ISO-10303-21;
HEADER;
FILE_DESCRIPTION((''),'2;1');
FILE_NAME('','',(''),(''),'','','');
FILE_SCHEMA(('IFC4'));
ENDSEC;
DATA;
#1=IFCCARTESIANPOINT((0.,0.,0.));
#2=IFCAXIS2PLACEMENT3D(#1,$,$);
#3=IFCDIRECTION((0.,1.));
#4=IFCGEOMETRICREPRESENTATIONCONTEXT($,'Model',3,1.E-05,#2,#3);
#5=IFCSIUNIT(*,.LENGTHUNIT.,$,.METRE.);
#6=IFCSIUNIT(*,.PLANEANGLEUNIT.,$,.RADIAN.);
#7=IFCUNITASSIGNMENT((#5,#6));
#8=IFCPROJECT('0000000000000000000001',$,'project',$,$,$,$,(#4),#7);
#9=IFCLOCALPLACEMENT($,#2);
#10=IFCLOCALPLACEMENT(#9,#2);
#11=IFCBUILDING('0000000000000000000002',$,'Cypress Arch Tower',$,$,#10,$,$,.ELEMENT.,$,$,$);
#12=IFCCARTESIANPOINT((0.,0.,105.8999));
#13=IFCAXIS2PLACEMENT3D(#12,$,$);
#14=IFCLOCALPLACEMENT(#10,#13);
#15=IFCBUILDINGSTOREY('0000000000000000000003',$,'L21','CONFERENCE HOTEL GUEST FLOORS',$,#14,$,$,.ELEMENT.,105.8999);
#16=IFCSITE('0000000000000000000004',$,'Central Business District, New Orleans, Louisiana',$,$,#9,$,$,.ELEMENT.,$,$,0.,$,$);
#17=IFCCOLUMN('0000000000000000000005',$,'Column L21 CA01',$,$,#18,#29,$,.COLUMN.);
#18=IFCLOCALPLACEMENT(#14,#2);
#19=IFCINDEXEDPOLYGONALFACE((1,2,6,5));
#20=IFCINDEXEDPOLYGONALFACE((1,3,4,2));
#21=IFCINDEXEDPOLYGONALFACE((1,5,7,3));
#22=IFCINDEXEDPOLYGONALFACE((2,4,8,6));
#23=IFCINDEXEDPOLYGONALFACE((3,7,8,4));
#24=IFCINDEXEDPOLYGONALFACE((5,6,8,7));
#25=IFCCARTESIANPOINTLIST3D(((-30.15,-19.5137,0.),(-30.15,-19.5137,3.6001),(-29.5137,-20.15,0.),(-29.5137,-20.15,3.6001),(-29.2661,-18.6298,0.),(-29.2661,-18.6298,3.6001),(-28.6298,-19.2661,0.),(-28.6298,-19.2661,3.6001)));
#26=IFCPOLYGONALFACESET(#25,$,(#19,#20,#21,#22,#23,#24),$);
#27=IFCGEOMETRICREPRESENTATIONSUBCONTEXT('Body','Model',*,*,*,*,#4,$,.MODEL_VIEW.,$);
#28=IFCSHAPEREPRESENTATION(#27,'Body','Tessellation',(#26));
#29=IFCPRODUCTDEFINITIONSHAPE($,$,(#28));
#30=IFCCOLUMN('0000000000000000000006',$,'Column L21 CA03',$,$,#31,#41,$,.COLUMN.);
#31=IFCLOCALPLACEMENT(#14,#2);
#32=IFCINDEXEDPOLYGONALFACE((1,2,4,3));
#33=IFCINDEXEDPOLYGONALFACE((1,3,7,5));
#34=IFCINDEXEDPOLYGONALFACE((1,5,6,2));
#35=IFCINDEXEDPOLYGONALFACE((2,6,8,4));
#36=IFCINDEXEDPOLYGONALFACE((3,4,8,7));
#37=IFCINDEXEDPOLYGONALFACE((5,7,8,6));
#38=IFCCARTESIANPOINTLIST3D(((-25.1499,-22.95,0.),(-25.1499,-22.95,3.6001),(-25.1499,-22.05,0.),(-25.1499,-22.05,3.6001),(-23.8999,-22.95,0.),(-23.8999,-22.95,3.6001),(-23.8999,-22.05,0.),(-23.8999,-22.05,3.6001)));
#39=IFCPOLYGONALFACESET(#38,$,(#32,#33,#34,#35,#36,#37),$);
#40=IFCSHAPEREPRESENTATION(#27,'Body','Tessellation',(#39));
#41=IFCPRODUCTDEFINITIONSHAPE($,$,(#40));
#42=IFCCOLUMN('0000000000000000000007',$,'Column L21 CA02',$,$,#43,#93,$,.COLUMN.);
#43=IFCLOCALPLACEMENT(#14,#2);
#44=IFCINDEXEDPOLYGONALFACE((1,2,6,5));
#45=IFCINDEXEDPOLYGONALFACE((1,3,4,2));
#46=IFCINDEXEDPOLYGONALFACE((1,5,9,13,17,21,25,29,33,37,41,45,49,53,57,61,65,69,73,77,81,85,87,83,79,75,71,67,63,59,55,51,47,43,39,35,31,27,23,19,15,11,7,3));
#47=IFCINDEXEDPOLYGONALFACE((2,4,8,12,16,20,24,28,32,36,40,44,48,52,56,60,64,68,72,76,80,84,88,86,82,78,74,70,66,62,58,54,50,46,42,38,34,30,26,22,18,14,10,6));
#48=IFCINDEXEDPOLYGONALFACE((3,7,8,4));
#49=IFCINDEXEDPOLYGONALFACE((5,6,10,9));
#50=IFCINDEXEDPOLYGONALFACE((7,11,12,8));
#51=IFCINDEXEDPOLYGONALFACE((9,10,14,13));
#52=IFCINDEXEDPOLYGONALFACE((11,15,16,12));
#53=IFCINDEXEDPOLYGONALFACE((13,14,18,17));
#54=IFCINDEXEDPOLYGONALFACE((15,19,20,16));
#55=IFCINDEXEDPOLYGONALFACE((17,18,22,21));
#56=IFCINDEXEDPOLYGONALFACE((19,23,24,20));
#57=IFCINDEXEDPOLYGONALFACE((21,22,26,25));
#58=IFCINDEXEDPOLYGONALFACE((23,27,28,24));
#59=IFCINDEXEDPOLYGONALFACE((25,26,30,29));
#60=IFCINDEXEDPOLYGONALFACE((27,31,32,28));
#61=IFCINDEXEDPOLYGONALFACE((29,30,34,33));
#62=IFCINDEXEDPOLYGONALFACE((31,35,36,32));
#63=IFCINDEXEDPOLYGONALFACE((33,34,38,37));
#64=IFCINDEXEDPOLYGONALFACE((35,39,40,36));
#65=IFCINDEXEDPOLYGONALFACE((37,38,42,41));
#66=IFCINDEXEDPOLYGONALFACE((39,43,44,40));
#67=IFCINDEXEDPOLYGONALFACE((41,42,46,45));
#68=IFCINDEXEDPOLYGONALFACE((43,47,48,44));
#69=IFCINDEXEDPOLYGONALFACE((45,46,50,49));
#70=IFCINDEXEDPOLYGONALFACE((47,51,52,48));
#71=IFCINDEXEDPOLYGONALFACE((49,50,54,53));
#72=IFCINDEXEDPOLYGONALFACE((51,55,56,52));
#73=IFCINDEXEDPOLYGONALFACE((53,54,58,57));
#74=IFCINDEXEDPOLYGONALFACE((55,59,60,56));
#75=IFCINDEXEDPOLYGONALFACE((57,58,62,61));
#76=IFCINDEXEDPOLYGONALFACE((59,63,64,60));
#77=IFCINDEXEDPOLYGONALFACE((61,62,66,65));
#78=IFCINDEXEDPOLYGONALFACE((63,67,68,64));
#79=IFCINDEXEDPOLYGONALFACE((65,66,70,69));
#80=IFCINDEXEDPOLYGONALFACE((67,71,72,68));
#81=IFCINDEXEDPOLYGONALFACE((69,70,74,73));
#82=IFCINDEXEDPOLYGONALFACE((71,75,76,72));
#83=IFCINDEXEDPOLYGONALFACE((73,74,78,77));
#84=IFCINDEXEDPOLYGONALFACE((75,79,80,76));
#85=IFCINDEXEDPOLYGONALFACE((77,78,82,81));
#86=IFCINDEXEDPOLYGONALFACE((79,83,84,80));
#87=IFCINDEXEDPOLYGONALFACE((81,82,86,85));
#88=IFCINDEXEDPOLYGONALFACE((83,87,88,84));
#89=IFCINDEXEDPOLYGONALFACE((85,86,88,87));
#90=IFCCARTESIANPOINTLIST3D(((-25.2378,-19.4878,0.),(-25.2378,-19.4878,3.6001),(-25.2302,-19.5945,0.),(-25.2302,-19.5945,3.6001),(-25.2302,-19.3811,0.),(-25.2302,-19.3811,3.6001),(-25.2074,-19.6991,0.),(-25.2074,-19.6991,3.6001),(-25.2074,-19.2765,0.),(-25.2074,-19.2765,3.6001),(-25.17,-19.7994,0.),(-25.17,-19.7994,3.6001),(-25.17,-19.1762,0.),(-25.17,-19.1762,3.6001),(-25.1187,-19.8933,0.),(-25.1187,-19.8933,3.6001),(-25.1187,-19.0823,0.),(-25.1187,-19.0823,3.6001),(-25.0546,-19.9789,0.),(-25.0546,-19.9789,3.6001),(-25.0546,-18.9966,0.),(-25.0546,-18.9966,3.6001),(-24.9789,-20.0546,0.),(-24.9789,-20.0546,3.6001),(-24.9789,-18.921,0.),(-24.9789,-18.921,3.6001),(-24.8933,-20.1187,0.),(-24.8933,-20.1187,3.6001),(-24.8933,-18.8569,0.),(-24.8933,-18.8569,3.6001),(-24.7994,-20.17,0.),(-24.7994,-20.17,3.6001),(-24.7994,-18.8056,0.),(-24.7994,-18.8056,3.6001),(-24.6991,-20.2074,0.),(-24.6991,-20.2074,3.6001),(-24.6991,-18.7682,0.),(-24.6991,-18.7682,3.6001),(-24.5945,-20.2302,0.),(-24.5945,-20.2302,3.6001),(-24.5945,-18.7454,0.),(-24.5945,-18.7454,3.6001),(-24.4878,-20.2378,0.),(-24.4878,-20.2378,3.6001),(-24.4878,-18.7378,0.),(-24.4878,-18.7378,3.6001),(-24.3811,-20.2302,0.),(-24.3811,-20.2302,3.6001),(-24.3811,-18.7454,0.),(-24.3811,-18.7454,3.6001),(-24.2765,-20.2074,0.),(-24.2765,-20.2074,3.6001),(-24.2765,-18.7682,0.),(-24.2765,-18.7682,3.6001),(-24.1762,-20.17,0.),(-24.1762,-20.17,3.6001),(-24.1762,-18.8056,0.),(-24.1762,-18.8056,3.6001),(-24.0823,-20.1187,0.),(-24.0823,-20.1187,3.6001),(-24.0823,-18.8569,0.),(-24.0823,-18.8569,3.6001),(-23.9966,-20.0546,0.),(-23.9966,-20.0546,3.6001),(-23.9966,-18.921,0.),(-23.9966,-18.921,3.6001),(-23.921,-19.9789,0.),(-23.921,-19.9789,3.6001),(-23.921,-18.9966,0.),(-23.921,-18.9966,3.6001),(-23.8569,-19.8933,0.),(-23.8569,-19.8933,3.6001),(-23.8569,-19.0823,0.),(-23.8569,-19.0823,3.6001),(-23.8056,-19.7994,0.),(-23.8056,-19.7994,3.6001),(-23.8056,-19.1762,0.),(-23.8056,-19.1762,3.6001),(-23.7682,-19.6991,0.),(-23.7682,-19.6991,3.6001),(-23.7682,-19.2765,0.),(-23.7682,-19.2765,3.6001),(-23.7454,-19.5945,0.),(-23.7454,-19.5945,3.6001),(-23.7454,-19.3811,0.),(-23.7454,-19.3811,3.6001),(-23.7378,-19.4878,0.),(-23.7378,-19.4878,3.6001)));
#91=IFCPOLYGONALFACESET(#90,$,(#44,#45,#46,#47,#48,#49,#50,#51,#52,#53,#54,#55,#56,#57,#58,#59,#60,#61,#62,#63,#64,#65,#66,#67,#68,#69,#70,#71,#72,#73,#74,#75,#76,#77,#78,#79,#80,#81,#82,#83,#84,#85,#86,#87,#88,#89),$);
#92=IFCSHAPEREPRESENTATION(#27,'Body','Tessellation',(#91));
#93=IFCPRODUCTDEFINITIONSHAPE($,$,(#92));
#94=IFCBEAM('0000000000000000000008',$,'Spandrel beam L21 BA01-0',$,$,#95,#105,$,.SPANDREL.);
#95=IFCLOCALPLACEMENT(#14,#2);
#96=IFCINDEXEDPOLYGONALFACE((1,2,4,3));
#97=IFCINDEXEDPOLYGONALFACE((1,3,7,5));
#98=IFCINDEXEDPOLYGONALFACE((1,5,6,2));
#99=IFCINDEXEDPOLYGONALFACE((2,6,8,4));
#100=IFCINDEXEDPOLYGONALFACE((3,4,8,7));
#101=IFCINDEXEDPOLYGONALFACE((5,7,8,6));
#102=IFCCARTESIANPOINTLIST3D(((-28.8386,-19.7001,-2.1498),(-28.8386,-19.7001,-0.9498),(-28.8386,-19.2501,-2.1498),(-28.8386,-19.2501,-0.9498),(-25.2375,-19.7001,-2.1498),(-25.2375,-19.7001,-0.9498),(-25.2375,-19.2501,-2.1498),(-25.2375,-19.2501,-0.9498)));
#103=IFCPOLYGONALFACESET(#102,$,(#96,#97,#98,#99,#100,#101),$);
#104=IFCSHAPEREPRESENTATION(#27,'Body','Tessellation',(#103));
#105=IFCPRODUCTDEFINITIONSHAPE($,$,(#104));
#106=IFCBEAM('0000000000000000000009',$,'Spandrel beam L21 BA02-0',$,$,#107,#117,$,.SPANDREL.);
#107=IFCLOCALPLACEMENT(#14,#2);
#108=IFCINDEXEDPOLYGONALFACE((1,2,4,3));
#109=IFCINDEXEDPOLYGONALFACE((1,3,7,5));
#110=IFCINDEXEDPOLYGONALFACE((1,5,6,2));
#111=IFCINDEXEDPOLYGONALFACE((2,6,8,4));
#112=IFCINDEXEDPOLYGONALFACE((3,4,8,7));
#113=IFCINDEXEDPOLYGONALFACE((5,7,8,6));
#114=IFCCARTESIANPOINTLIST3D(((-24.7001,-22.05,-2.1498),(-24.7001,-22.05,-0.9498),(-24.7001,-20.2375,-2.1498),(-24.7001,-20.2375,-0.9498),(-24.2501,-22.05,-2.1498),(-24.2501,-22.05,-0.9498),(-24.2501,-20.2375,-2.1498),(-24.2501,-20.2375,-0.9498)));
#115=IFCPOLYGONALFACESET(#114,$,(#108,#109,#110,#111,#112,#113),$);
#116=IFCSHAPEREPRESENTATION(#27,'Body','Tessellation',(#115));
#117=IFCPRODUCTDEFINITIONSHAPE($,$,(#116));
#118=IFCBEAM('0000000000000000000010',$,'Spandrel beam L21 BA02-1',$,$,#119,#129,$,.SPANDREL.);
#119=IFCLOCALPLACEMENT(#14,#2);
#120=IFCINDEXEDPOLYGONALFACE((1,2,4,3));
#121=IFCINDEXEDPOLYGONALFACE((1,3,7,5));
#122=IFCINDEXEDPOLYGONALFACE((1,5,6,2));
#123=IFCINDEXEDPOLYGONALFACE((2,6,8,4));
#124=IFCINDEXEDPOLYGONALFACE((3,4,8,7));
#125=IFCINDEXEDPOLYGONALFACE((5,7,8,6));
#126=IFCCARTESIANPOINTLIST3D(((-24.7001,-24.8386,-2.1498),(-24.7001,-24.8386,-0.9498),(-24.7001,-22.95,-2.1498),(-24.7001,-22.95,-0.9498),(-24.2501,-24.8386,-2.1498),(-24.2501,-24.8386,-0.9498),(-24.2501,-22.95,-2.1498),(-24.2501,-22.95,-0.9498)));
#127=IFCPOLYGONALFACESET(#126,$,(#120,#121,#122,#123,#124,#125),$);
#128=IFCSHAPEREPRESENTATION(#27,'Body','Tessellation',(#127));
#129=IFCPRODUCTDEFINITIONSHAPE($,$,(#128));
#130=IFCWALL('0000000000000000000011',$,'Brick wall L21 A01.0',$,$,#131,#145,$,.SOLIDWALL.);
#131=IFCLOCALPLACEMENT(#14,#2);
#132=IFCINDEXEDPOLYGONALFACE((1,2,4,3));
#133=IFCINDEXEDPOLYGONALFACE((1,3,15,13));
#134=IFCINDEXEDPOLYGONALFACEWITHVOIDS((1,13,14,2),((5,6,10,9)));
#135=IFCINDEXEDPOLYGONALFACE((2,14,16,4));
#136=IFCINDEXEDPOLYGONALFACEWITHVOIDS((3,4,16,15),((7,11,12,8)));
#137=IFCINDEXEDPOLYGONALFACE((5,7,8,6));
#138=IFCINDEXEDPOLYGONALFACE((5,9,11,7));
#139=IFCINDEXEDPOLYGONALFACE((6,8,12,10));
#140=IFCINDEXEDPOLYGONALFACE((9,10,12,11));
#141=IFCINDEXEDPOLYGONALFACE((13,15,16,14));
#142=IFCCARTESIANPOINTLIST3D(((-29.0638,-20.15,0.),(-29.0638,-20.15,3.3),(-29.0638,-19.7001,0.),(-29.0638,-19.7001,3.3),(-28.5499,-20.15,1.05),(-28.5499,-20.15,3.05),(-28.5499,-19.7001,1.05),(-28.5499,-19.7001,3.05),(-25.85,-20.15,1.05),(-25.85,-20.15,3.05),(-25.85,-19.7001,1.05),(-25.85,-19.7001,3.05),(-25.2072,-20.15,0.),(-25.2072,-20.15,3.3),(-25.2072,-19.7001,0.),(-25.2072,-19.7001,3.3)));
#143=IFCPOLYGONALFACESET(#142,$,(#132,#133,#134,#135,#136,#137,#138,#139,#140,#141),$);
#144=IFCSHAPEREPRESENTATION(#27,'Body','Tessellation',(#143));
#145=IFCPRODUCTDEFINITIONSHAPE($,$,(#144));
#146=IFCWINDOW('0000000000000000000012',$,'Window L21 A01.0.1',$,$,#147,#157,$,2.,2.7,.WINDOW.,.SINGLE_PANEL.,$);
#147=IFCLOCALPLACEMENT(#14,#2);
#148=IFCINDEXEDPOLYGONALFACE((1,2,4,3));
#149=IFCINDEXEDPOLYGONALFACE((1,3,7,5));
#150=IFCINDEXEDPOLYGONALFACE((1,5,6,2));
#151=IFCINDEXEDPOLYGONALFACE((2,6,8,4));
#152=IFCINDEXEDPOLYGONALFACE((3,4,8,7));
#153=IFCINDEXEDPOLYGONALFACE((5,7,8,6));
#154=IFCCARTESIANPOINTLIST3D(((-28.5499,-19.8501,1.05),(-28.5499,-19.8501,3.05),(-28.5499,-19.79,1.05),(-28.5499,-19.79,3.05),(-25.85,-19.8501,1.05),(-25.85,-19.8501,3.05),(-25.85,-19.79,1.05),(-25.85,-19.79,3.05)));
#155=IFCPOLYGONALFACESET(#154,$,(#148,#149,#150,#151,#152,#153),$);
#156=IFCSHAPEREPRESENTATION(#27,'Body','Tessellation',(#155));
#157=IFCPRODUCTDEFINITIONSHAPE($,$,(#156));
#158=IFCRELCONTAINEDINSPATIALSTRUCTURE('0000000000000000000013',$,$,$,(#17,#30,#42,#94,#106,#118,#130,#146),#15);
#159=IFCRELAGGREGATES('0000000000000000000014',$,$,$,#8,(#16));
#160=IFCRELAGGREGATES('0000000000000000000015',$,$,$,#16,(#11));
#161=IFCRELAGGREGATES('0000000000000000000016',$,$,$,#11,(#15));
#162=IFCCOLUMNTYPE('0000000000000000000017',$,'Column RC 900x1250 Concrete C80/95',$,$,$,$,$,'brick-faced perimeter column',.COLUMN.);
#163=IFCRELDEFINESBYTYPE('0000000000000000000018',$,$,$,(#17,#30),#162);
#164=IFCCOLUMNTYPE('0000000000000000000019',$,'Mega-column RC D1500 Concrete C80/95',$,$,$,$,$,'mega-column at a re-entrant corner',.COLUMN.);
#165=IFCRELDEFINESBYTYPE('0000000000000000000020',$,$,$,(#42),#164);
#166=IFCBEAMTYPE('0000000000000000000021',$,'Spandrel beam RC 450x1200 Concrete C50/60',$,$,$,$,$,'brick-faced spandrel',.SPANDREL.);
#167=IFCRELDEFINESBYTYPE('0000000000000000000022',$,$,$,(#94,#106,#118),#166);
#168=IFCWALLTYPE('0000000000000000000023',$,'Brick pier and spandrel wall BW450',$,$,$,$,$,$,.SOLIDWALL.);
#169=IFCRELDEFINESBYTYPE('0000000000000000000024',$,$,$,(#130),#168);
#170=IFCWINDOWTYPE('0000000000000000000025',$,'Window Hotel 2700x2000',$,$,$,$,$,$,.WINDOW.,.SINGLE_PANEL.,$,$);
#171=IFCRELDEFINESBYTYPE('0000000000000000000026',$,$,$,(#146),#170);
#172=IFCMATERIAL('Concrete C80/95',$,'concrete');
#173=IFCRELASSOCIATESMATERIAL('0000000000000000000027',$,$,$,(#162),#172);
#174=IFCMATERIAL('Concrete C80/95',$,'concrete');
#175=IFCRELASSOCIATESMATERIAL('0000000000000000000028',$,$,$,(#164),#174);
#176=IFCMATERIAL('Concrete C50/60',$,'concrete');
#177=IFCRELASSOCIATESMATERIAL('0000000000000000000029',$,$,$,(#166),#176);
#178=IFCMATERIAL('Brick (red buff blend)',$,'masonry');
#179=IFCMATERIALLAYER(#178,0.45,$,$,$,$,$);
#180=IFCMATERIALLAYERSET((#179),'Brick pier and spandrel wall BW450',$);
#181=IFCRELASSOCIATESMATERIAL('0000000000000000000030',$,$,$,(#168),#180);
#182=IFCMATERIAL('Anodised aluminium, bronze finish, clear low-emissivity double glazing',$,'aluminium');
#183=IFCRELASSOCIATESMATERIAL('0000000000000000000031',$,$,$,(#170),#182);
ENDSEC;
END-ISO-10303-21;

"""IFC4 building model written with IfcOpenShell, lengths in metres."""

from ifc_helpers import new_model, si_unit, direction, frame, frame_2d, origin, origin_2d, place, context, subcontext, project, spatial, rectangle, circle, extrude, material, layer, layer_set, material_profile, profile_set, type_object, element, fill, save


model = new_model("IFC4")

# Units and contexts
model_context = context("Model", 3, precision=1e-05, world=origin(), true_north=direction((0.0, 1.0)))
body_context = subcontext(model_context, "Body", "Model", "MODEL_VIEW")
ifc_project = project(units=[si_unit("LENGTHUNIT", "METRE"), si_unit("PLANEANGLEUNIT", "RADIAN")], contexts=[model_context])

# Site, building, storey
site_placement = place(None, origin())
site = spatial("IfcSite", under=ifc_project, at=site_placement, Name="Central Business District, New Orleans, Louisiana", CompositionType="ELEMENT", RefElevation=0.0)
building_placement = place(site_placement, origin())
building = spatial("IfcBuilding", under=site, at=building_placement, Name="Cypress Arch Tower", CompositionType="ELEMENT")
storey_placement = place(building_placement, frame((0.0, 0.0, 105.8999)))
storey = spatial("IfcBuildingStorey", under=building, at=storey_placement, Name="L21", Description="CONFERENCE HOTEL GUEST FLOORS", CompositionType="ELEMENT", Elevation=105.8999)

# Columns
ifc_material_1 = material(Name="Concrete C80/95", Category="concrete")
ifc_material_profile_1 = material_profile(ifc_material_1, rectangle(XDim=0.8999, YDim=1.25, at=origin_2d()), Name="RC 900x1250")
ifc_profile_set_1 = profile_set([ifc_material_profile_1], Name="Concrete C80/95")
column_type_1 = type_object("IfcColumnType", Name="Column RC 900x1250 Concrete C80/95", ElementType="brick-faced perimeter column", PredefinedType="COLUMN", material=ifc_profile_set_1)
for number, where, z_axis, x_axis, name in (
    (1, (-29.3899, -19.3899, 0.0), (0.0, 0.0, 1.0), (0.707107, -0.707107, 0.0), "Column L21 CA01"),
    (2, (-24.5249, -22.5, 0.0), (0.0, 0.0, 1.0), (0.0, -1.0, 0.0), "Column L21 CA03"),
):
    element("IfcColumn", number, at=place(storey_placement, frame(where, z_axis=z_axis, x_axis=x_axis)), inside=storey, type_object=column_type_1, Name=name, PredefinedType="COLUMN", context=body_context, shape_type="SweptSolid", body=[
        extrude(rectangle(XDim=0.8999, YDim=1.25, at=origin_2d()), origin(), (0.0, 0.0, 1.0), 3.6001),
    ])
ifc_material_2 = material(Name="Concrete C80/95", Category="concrete")
ifc_material_profile_2 = material_profile(ifc_material_2, circle(Radius=0.75, at=origin_2d()), Name="RC D1500")
ifc_profile_set_2 = profile_set([ifc_material_profile_2], Name="Concrete C80/95")
column_type_2 = type_object("IfcColumnType", Name="Mega-column RC D1500 Concrete C80/95", ElementType="mega-column at a re-entrant corner", PredefinedType="COLUMN", material=ifc_profile_set_2)
column_placement = place(storey_placement, frame((-24.4878, -19.4878, 0.0), z_axis=(0.0, 0.0, 1.0), x_axis=(1.0, 0.0, 0.0)))
element("IfcColumn", 3, at=column_placement, inside=storey, type_object=column_type_2, Name="Column L21 CA02", PredefinedType="COLUMN", context=body_context, shape_type="SweptSolid", body=[
    extrude(circle(Radius=0.75, at=origin_2d()), origin(), (0.0, 0.0, 1.0), 3.6001),
])

# Beams
ifc_material_3 = material(Name="Concrete C50/60", Category="concrete")
ifc_material_profile_3 = material_profile(ifc_material_3, rectangle(XDim=0.45, YDim=1.2, at=origin_2d()), Name="RC 450x1200")
ifc_profile_set_3 = profile_set([ifc_material_profile_3], Name="Concrete C50/60")
beam_type = type_object("IfcBeamType", Name="Spandrel beam RC 450x1200 Concrete C50/60", ElementType="brick-faced spandrel", PredefinedType="SPANDREL", material=ifc_profile_set_3)
beam_1_placement = place(storey_placement, frame((-28.8386, -19.4751, -1.5498), z_axis=(1.0, 0.0, 0.0), x_axis=(0.0, 1.0, 0.0)))
element("IfcBeam", 4, at=beam_1_placement, inside=storey, type_object=beam_type, Name="Spandrel beam L21 BA01-0", PredefinedType="SPANDREL", context=body_context, shape_type="SweptSolid", body=[
    extrude(rectangle(XDim=0.45, YDim=1.2, at=origin_2d()), origin(), (0.0, 0.0, 1.0), 3.6011),
])
beam_2_placement = place(storey_placement, frame((-24.4751, -20.2375, -1.5498), z_axis=(0.0, -1.0, 0.0), x_axis=(1.0, 0.0, 0.0)))
element("IfcBeam", 5, at=beam_2_placement, inside=storey, type_object=beam_type, Name="Spandrel beam L21 BA02-0", PredefinedType="SPANDREL", context=body_context, shape_type="SweptSolid", body=[
    extrude(rectangle(XDim=0.45, YDim=1.2, at=origin_2d()), origin(), (0.0, 0.0, 1.0), 1.8125),
])
beam_3_placement = place(storey_placement, frame((-24.4751, -22.95, -1.5498), z_axis=(0.0, -1.0, 0.0), x_axis=(1.0, 0.0, 0.0)))
element("IfcBeam", 6, at=beam_3_placement, inside=storey, type_object=beam_type, Name="Spandrel beam L21 BA02-1", PredefinedType="SPANDREL", context=body_context, shape_type="SweptSolid", body=[
    extrude(rectangle(XDim=0.45, YDim=1.2, at=origin_2d()), origin(), (0.0, 0.0, 1.0), 1.8887),
])

# Wall, opening, window
ifc_material_4 = material(Name="Brick (red buff blend)", Category="masonry")
ifc_layer_1 = layer(ifc_material_4, 0.45)
ifc_layer_set_1 = layer_set([ifc_layer_1], Name="Brick pier and spandrel wall BW450")
wall_type_1 = type_object("IfcWallType", Name="Brick pier and spandrel wall BW450", PredefinedType="SOLIDWALL", material=ifc_layer_set_1)
wall_1_placement = place(storey_placement, frame((-29.0637, -19.925, 0.0), z_axis=(0.0, 0.0, 1.0), x_axis=(1.0, 0.0, 0.0)))
wall_1 = element("IfcWall", 7, at=wall_1_placement, inside=storey, type_object=wall_type_1, Name="Brick wall L21 A01.0", PredefinedType="SOLIDWALL", context=body_context, shape_type="SweptSolid", body=[
    extrude(rectangle(XDim=3.8567, YDim=0.45, at=frame_2d((1.9282, 0.0))), origin(), (0.0, 0.0, 1.0), 3.3),
])
opening_1_placement = place(wall_1_placement, frame((0.5137, 0.0, 1.05)))
opening_1 = element("IfcOpeningElement", 8, at=opening_1_placement, cuts=wall_1, PredefinedType="OPENING", context=body_context, shape_type="SweptSolid", body=[
    extrude(rectangle(XDim=2.7, YDim=2.0, at=frame_2d((1.3501, 1.0))), frame((0.0, 0.2349, 0.0), z_axis=(0.0, -1.0, 0.0), x_axis=(1.0, 0.0, 0.0)), (0.0, 0.0, 1.0), 0.47),
])
ifc_material_5 = material(Name="Anodised aluminium, bronze finish, clear low-emissivity double glazing", Category="aluminium")
window_type_1 = type_object("IfcWindowType", Name="Window Hotel 2700x2000", PartitioningType="SINGLE_PANEL", PredefinedType="WINDOW", material=ifc_material_5)
window_1_placement = place(opening_1_placement, origin())
window_1 = element("IfcWindow", 9, at=window_1_placement, inside=storey, type_object=window_type_1, Name="Window L21 A01.0.1", OverallHeight=2.0, OverallWidth=2.7, PartitioningType="SINGLE_PANEL", PredefinedType="WINDOW", context=body_context, shape_type="SweptSolid", body=[
    extrude(rectangle(XDim=2.7, YDim=2.0, at=frame_2d((1.3501, 1.0))), frame((0.0, 0.135, 0.0), z_axis=(0.0, -1.0, 0.0), x_axis=(1.0, 0.0, 0.0)), (0.0, 0.0, 1.0), 0.0601),
])
fill(opening_1, window_1)

save(model, "model.ifc")
